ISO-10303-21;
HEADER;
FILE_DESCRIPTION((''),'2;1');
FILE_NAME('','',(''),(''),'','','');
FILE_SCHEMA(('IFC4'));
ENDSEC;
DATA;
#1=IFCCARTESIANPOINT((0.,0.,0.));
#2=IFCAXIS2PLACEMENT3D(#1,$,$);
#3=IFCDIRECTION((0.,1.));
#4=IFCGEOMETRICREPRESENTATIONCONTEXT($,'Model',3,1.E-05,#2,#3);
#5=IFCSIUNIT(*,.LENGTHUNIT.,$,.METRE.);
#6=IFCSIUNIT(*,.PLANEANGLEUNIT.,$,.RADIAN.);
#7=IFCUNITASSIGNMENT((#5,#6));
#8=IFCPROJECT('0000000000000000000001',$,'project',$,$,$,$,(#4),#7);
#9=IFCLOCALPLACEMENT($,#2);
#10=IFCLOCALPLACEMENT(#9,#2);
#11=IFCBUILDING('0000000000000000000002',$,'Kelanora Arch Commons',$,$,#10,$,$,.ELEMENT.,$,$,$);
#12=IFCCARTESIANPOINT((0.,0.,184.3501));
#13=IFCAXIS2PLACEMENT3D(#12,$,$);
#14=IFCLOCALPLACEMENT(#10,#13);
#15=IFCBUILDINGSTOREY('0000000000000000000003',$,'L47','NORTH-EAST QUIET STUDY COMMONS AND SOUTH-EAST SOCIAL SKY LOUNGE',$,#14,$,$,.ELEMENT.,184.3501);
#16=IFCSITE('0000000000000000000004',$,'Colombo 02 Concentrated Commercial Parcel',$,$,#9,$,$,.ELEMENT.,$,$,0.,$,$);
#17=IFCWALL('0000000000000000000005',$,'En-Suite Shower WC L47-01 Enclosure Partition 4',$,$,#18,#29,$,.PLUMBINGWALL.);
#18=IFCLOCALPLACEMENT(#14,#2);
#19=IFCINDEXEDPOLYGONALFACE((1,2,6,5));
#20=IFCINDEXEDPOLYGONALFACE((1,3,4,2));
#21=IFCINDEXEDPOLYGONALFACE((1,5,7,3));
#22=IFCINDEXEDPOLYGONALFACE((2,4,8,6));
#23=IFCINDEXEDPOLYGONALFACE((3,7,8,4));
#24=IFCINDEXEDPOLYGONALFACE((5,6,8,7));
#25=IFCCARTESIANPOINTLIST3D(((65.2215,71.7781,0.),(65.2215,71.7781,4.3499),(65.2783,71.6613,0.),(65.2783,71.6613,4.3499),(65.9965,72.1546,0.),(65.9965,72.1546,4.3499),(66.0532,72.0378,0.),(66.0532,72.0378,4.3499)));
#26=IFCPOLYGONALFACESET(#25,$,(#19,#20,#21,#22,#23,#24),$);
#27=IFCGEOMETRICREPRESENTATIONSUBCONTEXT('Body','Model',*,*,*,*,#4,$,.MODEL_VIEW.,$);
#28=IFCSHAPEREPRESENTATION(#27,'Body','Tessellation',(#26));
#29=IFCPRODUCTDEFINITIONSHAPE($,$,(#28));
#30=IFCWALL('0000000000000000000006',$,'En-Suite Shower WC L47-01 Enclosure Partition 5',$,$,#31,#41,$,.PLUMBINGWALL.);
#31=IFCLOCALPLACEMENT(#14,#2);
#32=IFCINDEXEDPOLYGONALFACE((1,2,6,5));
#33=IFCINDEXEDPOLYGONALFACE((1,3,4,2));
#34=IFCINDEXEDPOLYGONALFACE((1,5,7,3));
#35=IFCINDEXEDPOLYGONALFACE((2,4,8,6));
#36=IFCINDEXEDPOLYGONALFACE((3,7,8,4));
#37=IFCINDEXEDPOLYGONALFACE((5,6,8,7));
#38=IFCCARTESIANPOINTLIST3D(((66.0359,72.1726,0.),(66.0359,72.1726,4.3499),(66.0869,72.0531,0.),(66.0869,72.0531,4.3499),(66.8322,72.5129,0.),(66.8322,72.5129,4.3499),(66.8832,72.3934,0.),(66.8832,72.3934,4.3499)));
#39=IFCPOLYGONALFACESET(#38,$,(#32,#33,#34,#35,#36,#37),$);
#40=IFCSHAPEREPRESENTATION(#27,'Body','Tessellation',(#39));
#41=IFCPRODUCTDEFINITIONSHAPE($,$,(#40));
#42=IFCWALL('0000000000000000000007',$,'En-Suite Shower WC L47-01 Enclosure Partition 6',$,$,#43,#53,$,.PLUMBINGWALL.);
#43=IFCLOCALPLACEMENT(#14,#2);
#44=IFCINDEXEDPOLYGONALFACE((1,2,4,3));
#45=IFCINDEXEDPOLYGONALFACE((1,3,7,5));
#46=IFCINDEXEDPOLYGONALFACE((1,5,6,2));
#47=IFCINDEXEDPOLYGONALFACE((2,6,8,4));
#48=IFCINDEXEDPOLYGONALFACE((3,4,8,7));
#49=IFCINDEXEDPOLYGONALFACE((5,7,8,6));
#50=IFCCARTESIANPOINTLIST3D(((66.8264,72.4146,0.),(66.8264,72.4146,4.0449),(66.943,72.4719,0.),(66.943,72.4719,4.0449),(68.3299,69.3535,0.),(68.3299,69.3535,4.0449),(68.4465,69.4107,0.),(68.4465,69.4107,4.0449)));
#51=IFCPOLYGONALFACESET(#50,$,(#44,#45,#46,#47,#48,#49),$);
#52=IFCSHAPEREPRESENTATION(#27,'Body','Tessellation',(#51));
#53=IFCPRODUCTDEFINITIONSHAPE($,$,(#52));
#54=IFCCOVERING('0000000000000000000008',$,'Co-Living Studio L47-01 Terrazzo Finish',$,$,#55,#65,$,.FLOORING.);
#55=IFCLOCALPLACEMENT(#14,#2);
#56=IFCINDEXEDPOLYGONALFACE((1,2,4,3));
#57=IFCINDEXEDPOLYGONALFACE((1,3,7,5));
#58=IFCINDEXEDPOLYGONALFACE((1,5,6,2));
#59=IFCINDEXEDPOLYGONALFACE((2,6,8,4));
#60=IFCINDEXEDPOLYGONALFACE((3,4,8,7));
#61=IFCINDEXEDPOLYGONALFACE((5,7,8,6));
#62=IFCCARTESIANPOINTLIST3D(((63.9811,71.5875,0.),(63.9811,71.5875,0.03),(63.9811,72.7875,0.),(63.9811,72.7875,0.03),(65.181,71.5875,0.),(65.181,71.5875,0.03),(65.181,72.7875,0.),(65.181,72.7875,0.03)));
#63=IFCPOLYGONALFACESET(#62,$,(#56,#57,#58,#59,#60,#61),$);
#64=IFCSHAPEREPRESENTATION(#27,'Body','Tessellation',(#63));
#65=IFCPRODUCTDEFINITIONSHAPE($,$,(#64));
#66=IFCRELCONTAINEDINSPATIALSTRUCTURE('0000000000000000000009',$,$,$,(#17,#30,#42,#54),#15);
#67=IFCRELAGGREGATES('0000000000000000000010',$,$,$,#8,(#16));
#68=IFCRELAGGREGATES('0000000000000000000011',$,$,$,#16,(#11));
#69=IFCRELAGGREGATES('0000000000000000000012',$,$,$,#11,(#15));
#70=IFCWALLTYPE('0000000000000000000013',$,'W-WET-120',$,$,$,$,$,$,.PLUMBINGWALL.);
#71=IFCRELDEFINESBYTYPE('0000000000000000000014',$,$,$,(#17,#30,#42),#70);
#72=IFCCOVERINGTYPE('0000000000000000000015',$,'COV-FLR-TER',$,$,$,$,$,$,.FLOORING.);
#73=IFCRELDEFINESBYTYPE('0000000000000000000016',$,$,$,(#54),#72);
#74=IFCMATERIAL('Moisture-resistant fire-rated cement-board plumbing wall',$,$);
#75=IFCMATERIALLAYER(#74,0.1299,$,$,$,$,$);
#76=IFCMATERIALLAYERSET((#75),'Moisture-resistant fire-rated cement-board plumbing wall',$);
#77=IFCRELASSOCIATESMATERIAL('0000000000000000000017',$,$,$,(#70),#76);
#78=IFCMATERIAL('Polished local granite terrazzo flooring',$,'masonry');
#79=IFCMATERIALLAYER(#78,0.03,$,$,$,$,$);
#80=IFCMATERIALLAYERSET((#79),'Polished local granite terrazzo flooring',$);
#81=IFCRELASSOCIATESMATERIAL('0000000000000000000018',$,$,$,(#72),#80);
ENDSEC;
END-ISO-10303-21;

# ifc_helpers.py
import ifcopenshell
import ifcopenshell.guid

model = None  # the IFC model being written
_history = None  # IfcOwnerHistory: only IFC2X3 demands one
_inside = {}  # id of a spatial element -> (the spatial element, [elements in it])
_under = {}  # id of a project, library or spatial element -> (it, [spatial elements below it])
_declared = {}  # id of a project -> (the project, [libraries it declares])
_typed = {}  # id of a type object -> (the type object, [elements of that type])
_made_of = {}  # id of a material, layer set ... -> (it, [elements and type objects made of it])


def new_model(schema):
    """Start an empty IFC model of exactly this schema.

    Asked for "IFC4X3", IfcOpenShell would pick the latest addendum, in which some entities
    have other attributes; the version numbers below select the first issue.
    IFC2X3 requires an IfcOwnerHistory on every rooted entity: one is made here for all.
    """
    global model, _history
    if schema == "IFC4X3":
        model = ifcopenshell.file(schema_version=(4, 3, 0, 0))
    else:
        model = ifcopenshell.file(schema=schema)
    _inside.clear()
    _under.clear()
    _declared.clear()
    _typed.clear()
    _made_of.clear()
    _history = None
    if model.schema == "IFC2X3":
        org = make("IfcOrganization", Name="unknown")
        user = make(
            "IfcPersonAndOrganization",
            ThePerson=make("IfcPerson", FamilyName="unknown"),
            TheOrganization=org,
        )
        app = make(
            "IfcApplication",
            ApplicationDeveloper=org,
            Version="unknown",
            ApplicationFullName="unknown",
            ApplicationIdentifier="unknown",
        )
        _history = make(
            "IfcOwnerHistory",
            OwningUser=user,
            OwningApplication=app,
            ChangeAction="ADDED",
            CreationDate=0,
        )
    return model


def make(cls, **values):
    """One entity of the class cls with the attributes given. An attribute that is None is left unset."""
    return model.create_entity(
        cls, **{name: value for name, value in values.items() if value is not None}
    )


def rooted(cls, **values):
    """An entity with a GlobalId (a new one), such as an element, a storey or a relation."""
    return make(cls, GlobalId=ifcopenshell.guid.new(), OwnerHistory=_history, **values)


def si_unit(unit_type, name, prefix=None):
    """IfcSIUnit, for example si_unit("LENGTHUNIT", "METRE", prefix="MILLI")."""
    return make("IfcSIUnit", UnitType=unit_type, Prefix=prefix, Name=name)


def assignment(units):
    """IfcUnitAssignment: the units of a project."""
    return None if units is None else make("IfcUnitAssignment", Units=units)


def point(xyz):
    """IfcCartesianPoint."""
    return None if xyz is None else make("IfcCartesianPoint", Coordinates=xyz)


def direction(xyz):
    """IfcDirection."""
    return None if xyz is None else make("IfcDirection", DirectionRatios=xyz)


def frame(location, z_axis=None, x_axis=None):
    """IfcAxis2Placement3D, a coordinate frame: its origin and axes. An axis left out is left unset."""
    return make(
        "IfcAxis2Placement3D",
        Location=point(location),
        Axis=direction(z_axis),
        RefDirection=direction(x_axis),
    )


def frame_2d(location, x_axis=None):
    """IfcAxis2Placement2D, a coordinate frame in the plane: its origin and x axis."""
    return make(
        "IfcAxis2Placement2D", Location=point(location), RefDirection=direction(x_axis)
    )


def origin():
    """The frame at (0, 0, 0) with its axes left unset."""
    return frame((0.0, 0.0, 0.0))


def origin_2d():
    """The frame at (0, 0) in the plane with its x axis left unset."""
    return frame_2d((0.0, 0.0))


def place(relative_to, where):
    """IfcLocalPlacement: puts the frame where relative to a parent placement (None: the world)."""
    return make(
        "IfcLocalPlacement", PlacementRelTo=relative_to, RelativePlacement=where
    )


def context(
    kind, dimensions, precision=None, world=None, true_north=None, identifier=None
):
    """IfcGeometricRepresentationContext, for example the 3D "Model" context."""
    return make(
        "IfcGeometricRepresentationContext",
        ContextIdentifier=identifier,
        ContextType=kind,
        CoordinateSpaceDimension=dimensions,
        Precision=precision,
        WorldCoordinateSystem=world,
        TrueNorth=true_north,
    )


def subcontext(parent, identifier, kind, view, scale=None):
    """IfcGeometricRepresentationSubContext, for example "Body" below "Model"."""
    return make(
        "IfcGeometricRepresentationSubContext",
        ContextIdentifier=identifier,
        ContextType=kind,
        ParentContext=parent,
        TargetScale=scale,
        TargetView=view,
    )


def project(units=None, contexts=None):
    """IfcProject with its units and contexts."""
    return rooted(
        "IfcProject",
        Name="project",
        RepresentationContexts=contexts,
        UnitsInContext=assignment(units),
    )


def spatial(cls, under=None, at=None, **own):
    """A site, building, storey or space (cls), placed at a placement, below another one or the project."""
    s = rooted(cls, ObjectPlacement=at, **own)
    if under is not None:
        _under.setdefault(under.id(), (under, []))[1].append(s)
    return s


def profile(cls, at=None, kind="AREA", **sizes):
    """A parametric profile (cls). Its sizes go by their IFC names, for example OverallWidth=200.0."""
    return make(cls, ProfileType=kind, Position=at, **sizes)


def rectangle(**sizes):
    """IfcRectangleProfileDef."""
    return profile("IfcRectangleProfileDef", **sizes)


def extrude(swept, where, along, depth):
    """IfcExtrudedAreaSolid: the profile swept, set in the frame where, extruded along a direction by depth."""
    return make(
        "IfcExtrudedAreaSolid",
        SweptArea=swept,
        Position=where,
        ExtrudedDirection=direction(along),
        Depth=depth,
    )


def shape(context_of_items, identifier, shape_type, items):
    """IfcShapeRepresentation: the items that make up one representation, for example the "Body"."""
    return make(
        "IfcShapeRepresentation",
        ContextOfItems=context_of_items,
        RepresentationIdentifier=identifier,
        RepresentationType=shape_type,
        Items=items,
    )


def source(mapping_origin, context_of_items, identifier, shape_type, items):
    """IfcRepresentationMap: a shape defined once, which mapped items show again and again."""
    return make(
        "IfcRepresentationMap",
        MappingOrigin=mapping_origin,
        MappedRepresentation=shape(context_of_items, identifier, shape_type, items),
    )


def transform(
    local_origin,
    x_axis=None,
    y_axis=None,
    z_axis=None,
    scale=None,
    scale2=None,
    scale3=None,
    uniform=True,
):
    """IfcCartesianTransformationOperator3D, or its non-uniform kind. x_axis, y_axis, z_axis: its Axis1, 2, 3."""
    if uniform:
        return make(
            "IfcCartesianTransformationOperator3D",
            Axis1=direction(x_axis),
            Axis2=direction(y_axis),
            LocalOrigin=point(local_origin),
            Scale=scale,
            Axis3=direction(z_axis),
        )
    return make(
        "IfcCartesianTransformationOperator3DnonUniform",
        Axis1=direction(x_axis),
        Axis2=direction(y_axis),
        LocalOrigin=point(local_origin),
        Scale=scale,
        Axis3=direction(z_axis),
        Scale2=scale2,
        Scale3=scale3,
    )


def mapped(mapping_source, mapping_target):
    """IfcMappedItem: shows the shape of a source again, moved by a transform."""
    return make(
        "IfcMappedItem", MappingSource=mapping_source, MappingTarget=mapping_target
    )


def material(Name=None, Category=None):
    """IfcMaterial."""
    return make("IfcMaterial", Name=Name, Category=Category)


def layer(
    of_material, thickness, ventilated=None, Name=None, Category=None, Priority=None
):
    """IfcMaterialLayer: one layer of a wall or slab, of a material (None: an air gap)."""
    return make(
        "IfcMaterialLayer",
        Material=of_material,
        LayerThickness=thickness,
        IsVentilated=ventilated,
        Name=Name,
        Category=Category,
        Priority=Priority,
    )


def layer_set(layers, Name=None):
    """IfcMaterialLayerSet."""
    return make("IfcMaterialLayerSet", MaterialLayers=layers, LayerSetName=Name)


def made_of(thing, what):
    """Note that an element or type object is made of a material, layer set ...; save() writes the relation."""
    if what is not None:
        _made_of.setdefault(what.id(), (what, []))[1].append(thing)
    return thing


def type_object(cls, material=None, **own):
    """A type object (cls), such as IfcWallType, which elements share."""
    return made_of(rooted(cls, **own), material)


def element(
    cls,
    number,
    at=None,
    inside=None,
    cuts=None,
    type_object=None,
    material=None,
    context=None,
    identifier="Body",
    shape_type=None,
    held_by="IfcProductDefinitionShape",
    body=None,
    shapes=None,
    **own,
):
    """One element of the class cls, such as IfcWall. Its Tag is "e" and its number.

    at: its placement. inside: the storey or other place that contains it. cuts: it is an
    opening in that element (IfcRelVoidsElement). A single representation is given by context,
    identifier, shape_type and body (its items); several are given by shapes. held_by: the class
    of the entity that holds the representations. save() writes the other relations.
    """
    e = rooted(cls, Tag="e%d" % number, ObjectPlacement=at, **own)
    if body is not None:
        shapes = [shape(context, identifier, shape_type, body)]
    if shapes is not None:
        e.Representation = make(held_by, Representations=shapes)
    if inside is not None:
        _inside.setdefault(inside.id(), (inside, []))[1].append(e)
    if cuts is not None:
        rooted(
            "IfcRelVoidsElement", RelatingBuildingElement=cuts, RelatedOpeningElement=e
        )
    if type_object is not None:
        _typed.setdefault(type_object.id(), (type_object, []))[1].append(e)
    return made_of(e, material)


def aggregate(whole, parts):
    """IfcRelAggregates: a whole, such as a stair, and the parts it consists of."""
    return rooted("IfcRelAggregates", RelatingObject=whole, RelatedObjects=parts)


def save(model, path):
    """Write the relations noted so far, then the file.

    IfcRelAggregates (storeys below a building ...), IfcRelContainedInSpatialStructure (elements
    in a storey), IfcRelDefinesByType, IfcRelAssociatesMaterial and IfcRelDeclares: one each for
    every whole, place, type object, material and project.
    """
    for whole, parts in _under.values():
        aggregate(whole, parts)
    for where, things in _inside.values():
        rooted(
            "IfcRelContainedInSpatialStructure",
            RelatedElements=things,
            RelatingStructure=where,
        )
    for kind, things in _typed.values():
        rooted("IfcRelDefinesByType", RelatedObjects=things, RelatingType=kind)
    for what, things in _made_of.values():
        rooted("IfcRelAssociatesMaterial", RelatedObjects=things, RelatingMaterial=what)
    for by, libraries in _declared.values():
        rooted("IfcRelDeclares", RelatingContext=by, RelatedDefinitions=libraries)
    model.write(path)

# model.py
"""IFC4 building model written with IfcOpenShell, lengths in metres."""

from ifc_helpers import new_model, si_unit, direction, frame, frame_2d, origin, origin_2d, place, context, subcontext, project, spatial, rectangle, extrude, source, transform, mapped, material, layer, layer_set, type_object, element, save


model = new_model("IFC4")

# Units and contexts
model_context = context("Model", 3, precision=1e-05, world=origin(), true_north=direction((0.0, 1.0)))
body_context = subcontext(model_context, "Body", "Model", "MODEL_VIEW")
ifc_project = project(units=[si_unit("LENGTHUNIT", "METRE"), si_unit("PLANEANGLEUNIT", "RADIAN")], contexts=[model_context])

# Site, building, storey
site_placement = place(None, origin())
site = spatial("IfcSite", under=ifc_project, at=site_placement, Name="Colombo 02 Concentrated Commercial Parcel", CompositionType="ELEMENT", RefElevation=0.0)
building_placement = place(site_placement, origin())
building = spatial("IfcBuilding", under=site, at=building_placement, Name="Kelanora Arch Commons", CompositionType="ELEMENT")
storey_placement = place(building_placement, frame((0.0, 0.0, 184.3501)))
storey = spatial("IfcBuildingStorey", under=building, at=storey_placement, Name="L47", Description="NORTH-EAST QUIET STUDY COMMONS AND SOUTH-EAST SOCIAL SKY LOUNGE", CompositionType="ELEMENT", Elevation=184.3501)

# Walls
ifc_material_1 = material(Name="Moisture-resistant fire-rated cement-board plumbing wall")
ifc_layer_1 = layer(ifc_material_1, 0.1299)
ifc_layer_set_1 = layer_set([ifc_layer_1], Name="Moisture-resistant fire-rated cement-board plumbing wall")
wall_type_1 = type_object("IfcWallType", Name="W-WET-120", PredefinedType="PLUMBINGWALL", material=ifc_layer_set_1)
wall_1_placement = place(storey_placement, frame((65.25, 71.7197, 0.0), z_axis=(0.0, 0.0, 1.0), x_axis=(0.89947, 0.436983, 0.0)))
element("IfcWall", 1, at=wall_1_placement, inside=storey, type_object=wall_type_1, Name="En-Suite Shower WC L47-01 Enclosure Partition 4", PredefinedType="PLUMBINGWALL", context=body_context, shape_type="SweptSolid", body=[
    extrude(rectangle(XDim=0.8616, YDim=0.1299, at=frame_2d((0.4307, 0.0))), origin(), (0.0, 0.0, 1.0), 4.3499),
])
wall_2_placement = place(storey_placement, frame((66.0613, 72.1128, 0.0), z_axis=(0.0, 0.0, 1.0), x_axis=(0.919553, 0.392966, 0.0)))
element("IfcWall", 2, at=wall_2_placement, inside=storey, type_object=wall_type_1, Name="En-Suite Shower WC L47-01 Enclosure Partition 5", PredefinedType="PLUMBINGWALL", context=body_context, shape_type="SweptSolid", body=[
    extrude(rectangle(XDim=0.866, YDim=0.1299, at=frame_2d((0.4331, 0.0))), origin(), (0.0, 0.0, 1.0), 4.3499),
])
wall_3_placement = place(storey_placement, frame((66.8848, 72.4431, 0.0), z_axis=(0.0, 0.0, 1.0), x_axis=(0.440845, -0.897583, 0.0)))
element("IfcWall", 3, at=wall_3_placement, inside=storey, type_object=wall_type_1, Name="En-Suite Shower WC L47-01 Enclosure Partition 6", PredefinedType="PLUMBINGWALL", context=body_context, shape_type="SweptSolid", body=[
    extrude(rectangle(XDim=3.4104, YDim=0.1299, at=frame_2d((1.7051, 0.0))), origin(), (0.0, 0.0, 1.0), 4.0449),
])

# Covering
ifc_material_2 = material(Name="Polished local granite terrazzo flooring", Category="masonry")
ifc_layer_2 = layer(ifc_material_2, 0.03)
ifc_layer_set_2 = layer_set([ifc_layer_2], Name="Polished local granite terrazzo flooring")
covering_type = type_object("IfcCoveringType", Name="COV-FLR-TER", PredefinedType="FLOORING", material=ifc_layer_set_2)
shared_shape_1 = source(origin(), body_context, "Body", "SweptSolid", [
    extrude(rectangle(XDim=1.2, YDim=1.2, at=origin_2d()), origin(), (0.0, 0.0, 1.0), 0.03),
])
covering_placement = place(storey_placement, frame((64.5811, 72.1875, 0.0), z_axis=(0.0, 0.0, 1.0), x_axis=(1.0, 0.0, 0.0)))
element("IfcCovering", 4, at=covering_placement, inside=storey, type_object=covering_type, Name="Co-Living Studio L47-01 Terrazzo Finish", PredefinedType="FLOORING", context=body_context, shape_type="MappedRepresentation", body=[
    mapped(shared_shape_1, transform((0.0, 0.0, 0.0), scale=1.0)),
])

save(model, "model.ifc")
